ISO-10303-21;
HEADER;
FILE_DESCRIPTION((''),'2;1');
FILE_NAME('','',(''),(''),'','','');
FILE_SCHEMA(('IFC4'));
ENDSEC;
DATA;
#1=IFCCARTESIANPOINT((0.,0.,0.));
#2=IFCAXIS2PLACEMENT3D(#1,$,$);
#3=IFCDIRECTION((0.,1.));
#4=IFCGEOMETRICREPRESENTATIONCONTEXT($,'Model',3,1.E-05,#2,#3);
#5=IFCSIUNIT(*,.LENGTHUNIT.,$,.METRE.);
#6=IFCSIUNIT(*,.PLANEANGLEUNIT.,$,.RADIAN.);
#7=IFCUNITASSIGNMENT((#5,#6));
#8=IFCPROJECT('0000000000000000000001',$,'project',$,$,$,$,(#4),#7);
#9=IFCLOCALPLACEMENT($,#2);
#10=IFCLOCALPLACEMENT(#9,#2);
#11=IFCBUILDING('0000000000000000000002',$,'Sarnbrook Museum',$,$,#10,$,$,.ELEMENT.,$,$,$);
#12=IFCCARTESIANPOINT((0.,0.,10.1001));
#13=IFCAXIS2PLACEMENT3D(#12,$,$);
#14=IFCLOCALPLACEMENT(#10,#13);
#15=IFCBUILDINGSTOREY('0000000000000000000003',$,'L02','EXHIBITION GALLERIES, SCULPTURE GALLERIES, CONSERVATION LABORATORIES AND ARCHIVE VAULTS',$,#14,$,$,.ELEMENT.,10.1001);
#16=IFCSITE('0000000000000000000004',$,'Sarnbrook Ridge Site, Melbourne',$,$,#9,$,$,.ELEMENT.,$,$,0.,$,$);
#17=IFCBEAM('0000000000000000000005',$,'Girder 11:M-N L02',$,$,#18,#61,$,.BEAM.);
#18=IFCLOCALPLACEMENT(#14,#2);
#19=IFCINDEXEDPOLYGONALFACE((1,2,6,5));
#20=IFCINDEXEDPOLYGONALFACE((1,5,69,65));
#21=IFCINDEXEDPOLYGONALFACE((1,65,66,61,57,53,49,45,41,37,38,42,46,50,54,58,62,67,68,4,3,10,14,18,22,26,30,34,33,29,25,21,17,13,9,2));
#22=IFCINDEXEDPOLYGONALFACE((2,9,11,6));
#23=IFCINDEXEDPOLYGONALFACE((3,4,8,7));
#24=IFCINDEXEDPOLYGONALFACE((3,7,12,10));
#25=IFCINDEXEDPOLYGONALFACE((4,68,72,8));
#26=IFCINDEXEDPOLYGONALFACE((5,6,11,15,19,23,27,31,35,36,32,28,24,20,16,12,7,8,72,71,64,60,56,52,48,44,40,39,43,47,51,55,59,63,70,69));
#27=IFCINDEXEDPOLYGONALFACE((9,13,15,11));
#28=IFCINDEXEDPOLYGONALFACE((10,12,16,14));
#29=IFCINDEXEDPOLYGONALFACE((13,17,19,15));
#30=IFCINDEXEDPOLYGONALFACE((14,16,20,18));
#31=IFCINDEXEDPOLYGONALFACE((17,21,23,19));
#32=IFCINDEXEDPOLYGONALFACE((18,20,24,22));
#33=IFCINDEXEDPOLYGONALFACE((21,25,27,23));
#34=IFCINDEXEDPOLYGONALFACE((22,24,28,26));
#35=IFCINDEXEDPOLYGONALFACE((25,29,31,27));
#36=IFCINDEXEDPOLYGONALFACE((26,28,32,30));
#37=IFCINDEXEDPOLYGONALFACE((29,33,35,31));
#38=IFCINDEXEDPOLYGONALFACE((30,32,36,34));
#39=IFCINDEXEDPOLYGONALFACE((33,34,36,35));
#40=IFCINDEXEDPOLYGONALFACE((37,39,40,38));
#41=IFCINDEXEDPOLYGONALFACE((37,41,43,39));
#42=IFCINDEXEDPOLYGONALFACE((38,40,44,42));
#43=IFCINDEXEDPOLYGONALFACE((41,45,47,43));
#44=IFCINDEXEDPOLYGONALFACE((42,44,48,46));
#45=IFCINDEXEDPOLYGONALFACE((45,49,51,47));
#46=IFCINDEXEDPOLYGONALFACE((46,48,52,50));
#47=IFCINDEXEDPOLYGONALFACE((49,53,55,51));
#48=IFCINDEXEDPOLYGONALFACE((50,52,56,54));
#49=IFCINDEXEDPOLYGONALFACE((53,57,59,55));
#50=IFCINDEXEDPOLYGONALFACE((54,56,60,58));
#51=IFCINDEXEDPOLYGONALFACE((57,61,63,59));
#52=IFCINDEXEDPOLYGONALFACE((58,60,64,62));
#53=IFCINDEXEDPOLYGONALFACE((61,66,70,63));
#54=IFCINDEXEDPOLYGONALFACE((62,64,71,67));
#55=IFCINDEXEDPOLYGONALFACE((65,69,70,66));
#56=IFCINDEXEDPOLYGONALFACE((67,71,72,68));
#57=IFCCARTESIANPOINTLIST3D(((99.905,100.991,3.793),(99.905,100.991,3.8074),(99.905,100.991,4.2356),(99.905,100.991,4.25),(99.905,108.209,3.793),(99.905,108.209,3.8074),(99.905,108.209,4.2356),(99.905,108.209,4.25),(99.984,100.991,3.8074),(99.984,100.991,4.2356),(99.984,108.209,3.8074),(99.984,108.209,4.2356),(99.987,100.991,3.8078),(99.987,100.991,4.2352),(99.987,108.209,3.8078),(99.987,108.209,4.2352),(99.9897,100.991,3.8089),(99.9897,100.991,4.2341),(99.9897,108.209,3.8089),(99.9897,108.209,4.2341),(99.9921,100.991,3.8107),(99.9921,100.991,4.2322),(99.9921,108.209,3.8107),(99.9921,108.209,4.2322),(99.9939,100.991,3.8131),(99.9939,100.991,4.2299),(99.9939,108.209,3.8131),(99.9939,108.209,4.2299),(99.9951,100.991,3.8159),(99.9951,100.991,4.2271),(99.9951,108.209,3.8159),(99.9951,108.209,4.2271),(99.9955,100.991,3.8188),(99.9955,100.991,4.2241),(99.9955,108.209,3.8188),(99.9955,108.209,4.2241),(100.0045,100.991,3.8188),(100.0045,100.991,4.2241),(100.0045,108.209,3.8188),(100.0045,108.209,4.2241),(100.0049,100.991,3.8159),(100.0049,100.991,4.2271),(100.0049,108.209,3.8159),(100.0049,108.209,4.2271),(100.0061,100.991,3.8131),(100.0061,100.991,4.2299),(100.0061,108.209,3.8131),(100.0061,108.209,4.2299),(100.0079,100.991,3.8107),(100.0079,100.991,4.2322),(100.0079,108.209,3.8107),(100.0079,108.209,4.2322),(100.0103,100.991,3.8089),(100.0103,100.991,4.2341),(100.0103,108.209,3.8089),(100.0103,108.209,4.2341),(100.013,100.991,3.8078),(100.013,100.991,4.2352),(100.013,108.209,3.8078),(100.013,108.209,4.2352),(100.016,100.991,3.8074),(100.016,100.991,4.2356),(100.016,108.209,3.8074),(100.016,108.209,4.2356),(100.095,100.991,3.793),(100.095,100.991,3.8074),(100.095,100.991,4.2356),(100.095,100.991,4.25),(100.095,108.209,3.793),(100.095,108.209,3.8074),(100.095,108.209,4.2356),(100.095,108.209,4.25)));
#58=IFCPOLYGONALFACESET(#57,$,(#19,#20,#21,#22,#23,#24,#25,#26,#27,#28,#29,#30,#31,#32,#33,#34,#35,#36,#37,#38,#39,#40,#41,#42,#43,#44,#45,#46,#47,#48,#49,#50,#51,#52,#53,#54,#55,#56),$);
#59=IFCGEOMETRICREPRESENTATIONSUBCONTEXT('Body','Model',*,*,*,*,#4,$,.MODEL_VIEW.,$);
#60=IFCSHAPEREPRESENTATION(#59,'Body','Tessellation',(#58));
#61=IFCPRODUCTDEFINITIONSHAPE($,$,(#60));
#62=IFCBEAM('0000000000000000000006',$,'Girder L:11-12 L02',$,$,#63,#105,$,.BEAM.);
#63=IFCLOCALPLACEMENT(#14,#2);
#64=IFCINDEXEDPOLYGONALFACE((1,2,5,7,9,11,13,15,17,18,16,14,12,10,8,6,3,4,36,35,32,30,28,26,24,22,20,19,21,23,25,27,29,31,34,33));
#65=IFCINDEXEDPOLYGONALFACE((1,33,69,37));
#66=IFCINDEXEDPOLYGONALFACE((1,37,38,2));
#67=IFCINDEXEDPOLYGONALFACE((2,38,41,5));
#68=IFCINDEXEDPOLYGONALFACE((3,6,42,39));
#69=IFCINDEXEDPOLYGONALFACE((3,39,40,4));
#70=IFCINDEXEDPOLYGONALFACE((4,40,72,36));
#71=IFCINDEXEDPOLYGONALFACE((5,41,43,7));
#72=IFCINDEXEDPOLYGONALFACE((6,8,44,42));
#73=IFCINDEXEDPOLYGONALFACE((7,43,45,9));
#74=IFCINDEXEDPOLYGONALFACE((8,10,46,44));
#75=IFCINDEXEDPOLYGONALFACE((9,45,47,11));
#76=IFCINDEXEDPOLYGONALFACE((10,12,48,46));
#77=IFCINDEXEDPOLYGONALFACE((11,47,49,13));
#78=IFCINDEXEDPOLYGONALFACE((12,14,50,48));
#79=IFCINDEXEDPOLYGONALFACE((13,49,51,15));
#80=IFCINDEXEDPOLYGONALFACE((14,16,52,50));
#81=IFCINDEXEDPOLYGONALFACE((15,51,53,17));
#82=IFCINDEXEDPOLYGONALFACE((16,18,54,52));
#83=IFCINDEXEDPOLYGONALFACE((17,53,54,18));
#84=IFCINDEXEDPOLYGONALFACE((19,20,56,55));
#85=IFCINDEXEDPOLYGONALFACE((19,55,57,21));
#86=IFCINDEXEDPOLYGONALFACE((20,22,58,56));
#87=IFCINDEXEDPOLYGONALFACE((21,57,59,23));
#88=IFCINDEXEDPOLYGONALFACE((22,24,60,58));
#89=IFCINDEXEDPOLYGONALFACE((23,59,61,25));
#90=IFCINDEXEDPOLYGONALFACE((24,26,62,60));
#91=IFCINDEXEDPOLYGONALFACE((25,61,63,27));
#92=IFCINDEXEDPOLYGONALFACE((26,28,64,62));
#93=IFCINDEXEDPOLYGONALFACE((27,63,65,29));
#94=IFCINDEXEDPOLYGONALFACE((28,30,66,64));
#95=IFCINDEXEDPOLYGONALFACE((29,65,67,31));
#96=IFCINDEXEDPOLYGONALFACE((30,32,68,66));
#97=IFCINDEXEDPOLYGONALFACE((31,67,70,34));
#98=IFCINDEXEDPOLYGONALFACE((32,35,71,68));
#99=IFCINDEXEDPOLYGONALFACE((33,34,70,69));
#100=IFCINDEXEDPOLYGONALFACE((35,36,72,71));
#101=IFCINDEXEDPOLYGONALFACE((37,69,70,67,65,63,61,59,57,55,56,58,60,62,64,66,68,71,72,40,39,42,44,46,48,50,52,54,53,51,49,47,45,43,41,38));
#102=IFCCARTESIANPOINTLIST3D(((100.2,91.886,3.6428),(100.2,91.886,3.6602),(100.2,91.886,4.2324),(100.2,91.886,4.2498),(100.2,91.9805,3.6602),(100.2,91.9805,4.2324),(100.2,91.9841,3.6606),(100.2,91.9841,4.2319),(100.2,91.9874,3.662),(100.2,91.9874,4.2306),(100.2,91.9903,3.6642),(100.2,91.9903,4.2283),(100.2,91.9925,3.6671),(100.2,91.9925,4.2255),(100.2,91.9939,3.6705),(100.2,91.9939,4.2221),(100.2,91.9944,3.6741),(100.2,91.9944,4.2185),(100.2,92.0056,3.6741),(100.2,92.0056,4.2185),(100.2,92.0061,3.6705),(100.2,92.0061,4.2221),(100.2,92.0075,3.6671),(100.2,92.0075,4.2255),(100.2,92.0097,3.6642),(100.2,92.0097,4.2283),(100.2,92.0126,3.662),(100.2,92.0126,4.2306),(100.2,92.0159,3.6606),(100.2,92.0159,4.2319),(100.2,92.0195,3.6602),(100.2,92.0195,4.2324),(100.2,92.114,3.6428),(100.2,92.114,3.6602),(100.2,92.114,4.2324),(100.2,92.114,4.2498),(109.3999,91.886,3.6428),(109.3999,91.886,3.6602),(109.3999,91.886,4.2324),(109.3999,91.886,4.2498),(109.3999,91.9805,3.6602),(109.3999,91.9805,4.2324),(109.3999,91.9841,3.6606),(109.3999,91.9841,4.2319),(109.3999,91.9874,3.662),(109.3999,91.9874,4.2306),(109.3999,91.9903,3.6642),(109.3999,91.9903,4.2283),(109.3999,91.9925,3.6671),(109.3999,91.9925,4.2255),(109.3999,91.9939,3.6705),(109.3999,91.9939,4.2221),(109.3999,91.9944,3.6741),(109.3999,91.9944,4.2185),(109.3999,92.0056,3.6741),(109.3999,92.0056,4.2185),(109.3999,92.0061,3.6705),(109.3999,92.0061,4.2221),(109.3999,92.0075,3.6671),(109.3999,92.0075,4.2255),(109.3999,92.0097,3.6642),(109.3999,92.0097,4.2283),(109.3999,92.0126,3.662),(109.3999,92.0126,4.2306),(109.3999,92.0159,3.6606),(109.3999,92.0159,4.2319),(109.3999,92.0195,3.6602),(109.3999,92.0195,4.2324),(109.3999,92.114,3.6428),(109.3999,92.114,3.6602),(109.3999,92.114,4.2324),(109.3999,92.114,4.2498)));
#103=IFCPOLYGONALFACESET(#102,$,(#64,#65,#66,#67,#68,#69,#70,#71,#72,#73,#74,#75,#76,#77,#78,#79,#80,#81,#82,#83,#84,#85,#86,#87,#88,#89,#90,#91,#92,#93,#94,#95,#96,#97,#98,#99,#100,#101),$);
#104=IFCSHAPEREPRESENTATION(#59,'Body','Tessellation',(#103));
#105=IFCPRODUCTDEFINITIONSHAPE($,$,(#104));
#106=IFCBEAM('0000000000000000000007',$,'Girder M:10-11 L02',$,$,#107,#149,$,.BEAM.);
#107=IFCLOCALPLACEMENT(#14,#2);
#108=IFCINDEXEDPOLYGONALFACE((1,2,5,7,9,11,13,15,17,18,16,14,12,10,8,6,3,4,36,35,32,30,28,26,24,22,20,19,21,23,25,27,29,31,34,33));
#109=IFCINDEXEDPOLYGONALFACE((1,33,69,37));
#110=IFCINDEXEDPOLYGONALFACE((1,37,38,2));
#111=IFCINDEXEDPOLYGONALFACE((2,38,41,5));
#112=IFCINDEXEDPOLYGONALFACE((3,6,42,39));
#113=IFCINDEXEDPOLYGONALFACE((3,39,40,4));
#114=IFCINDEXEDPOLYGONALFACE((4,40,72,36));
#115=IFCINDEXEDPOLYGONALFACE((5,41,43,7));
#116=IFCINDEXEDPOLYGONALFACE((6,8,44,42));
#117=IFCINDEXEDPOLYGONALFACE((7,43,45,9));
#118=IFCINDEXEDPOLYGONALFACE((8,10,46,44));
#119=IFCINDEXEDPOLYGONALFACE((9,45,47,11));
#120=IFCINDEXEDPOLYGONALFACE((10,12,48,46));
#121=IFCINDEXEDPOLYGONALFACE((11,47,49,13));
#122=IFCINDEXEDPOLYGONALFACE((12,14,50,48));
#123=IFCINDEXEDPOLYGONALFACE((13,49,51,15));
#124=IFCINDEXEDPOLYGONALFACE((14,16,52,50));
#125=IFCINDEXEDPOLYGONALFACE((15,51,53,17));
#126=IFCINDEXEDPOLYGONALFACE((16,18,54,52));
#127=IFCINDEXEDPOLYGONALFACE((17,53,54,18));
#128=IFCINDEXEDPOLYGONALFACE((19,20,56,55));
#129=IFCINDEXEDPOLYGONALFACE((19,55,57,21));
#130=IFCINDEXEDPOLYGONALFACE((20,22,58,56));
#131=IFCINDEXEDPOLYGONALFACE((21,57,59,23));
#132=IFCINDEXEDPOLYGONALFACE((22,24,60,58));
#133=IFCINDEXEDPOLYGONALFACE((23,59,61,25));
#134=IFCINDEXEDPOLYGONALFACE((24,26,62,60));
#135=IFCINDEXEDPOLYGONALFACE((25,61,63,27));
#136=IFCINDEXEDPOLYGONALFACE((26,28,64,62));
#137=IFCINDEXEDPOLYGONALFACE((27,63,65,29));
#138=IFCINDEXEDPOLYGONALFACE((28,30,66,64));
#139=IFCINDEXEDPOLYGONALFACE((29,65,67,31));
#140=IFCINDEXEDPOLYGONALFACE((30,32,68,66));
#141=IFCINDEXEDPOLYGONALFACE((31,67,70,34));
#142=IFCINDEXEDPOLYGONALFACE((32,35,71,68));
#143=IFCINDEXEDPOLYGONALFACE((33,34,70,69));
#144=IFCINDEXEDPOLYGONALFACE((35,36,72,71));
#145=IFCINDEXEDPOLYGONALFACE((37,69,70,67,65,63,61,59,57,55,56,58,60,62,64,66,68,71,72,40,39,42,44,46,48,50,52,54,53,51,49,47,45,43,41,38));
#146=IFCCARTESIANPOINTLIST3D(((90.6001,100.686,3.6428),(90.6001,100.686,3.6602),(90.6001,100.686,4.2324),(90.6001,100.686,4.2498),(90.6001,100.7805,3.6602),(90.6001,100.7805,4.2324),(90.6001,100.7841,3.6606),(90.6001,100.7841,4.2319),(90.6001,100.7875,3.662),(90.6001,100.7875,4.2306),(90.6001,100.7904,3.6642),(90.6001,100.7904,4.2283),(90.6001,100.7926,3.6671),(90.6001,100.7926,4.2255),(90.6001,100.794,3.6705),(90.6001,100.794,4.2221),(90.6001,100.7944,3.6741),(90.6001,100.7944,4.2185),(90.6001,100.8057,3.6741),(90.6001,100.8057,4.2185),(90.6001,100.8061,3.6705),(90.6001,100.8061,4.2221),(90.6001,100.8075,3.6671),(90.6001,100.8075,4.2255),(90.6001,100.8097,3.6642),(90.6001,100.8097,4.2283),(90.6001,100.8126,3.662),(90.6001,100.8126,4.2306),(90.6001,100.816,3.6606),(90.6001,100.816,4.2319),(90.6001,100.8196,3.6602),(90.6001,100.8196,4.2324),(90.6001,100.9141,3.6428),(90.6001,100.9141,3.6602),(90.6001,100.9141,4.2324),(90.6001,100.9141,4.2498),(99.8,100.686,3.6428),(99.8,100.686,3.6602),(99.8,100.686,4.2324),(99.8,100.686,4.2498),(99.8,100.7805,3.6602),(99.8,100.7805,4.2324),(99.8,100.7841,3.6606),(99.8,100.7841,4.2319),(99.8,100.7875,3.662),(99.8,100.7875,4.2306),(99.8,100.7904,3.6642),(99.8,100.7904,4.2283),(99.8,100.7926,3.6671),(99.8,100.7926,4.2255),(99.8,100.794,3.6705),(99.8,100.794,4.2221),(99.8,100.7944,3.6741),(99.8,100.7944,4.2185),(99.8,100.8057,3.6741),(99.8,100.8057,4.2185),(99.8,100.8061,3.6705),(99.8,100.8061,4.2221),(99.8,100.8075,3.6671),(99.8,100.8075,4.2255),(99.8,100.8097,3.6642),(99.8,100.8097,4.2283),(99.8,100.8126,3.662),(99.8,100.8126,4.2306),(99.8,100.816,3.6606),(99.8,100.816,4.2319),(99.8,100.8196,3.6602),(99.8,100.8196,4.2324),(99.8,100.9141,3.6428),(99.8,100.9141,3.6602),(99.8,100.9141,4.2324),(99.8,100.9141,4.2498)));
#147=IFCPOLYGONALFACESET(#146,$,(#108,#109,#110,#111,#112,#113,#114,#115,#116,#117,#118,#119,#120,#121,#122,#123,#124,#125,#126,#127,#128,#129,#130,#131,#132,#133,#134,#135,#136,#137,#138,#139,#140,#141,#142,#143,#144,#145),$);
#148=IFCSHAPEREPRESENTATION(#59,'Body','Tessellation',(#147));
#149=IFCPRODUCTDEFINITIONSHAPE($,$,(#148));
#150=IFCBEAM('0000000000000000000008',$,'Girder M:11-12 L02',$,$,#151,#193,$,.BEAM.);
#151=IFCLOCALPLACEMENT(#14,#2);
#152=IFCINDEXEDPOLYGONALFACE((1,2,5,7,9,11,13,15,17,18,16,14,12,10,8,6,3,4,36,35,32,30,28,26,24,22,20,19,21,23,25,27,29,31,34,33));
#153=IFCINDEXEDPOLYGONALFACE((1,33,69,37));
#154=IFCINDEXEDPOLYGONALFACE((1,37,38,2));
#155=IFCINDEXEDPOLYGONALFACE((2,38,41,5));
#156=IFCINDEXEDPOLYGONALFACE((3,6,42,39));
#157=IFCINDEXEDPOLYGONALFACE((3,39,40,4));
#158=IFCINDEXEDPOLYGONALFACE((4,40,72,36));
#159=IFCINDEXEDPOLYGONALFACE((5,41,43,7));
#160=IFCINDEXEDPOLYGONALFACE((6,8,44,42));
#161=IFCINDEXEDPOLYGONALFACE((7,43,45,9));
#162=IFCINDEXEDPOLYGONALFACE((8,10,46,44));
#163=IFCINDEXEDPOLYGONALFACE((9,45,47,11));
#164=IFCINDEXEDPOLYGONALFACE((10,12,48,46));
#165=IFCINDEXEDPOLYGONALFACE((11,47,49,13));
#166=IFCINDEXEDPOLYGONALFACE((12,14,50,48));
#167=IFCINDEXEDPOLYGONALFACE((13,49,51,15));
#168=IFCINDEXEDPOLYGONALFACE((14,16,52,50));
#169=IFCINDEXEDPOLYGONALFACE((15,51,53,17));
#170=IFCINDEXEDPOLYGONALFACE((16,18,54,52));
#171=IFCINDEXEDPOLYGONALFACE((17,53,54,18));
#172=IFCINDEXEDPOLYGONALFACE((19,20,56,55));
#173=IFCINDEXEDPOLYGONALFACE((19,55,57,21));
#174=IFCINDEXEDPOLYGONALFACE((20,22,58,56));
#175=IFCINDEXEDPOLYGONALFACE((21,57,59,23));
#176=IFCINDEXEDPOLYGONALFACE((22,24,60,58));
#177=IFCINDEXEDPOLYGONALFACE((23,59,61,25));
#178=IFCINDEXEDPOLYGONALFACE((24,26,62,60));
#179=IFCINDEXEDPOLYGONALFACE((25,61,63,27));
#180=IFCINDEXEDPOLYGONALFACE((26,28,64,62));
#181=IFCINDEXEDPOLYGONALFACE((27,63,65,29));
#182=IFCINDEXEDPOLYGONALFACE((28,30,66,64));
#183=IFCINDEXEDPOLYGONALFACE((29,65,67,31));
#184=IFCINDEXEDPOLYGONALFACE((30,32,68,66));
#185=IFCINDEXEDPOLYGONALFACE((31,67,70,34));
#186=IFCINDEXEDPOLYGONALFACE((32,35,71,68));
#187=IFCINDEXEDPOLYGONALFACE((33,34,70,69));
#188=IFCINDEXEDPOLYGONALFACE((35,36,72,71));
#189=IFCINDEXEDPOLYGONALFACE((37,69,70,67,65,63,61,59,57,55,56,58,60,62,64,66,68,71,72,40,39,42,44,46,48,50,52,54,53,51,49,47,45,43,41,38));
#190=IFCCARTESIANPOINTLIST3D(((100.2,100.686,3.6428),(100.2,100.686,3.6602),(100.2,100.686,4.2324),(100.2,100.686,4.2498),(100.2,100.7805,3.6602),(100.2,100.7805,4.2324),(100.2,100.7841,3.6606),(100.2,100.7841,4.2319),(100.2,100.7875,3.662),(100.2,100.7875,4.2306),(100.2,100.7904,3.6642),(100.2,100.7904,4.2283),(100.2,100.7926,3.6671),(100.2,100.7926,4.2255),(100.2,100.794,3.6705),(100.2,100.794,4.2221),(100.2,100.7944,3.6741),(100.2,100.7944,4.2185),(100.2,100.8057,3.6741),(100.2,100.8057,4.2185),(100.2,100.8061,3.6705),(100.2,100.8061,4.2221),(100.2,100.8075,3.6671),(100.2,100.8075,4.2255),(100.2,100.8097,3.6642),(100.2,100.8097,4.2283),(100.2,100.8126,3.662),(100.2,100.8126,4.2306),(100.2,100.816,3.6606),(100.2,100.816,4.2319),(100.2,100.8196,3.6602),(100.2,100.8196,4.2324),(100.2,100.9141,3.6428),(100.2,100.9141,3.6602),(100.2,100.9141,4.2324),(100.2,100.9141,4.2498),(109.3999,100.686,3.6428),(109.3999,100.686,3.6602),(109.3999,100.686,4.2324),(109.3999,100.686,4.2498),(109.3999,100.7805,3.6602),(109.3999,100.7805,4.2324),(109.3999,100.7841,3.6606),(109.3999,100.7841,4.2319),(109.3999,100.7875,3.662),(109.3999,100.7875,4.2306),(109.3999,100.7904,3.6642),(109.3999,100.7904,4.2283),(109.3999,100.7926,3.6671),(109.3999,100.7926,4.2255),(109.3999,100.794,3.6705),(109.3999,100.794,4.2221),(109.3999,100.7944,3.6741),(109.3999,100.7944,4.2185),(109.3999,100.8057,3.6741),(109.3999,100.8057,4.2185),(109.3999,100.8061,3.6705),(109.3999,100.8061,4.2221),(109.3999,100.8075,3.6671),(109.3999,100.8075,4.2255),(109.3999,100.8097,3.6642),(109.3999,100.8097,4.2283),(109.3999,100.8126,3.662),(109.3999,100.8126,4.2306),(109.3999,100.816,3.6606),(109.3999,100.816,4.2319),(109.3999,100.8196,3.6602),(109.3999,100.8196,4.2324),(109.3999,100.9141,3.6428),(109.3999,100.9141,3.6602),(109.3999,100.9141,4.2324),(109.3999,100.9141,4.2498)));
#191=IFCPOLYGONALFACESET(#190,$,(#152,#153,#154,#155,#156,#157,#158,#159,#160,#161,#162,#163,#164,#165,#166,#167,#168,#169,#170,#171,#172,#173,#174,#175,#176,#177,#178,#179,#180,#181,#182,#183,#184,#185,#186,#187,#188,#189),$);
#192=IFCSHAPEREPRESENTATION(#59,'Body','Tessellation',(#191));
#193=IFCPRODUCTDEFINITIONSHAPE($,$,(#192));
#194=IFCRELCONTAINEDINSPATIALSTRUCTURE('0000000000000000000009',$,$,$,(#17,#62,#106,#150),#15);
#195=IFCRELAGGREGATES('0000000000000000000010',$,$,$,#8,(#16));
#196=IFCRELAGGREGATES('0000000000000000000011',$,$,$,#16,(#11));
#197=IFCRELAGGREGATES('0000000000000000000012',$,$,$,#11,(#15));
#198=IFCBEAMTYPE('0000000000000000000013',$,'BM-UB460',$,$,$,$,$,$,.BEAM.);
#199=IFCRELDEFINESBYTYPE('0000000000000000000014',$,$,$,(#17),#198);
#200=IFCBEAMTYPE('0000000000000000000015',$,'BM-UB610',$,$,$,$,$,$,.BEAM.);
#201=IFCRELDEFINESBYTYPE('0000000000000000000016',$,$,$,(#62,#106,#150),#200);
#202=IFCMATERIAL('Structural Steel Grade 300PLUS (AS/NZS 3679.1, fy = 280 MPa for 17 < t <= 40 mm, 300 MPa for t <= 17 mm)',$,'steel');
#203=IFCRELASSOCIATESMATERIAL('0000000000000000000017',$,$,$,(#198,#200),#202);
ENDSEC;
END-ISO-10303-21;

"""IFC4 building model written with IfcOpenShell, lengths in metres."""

from ifc_helpers import new_model, si_unit, direction, frame, origin, origin_2d, place, context, subcontext, project, spatial, i_section, extrude, material, material_profile, profile_set, type_object, element, save


model = new_model("IFC4")

# Units and contexts
model_context = context("Model", 3, precision=1e-05, world=origin(), true_north=direction((0.0, 1.0)))
body_context = subcontext(model_context, "Body", "Model", "MODEL_VIEW")
ifc_project = project(units=[si_unit("LENGTHUNIT", "METRE"), si_unit("PLANEANGLEUNIT", "RADIAN")], contexts=[model_context])

# Site, building, storey
site_placement = place(None, origin())
site = spatial("IfcSite", under=ifc_project, at=site_placement, Name="Sarnbrook Ridge Site, Melbourne", CompositionType="ELEMENT", RefElevation=0.0)
building_placement = place(site_placement, origin())
building = spatial("IfcBuilding", under=site, at=building_placement, Name="Sarnbrook Museum", CompositionType="ELEMENT")
storey_placement = place(building_placement, frame((0.0, 0.0, 10.1001)))
storey = spatial("IfcBuildingStorey", under=building, at=storey_placement, Name="L02", Description="EXHIBITION GALLERIES, SCULPTURE GALLERIES, CONSERVATION LABORATORIES AND ARCHIVE VAULTS", CompositionType="ELEMENT", Elevation=10.1001)

# Beams
ifc_material_1 = material(Name="Structural Steel Grade 300PLUS (AS/NZS 3679.1, fy = 280 MPa for 17 < t <= 40 mm, 300 MPa for t <= 17 mm)", Category="steel")
ifc_material_profile_1 = material_profile(ifc_material_1, i_section(OverallWidth=0.1899, OverallDepth=0.457, WebThickness=0.009, FlangeThickness=0.0144, FilletRadius=0.0115, at=origin_2d()), Name="460UB74.6")
ifc_profile_set_1 = profile_set([ifc_material_profile_1], Name="Structural Steel Grade 300PLUS (AS/NZS 3679.1, fy = 280 MPa for 17 < t <= 40 mm, 300 MPa for t <= 17 mm)")
beam_type_1 = type_object("IfcBeamType", Name="BM-UB460", PredefinedType="BEAM", material=ifc_profile_set_1)
beam_1_placement = place(storey_placement, frame((100.0, 100.991, 4.0215), z_axis=(0.0, 1.0, 0.0), x_axis=(-1.0, 0.0, 0.0)))
element("IfcBeam", 1, at=beam_1_placement, inside=storey, type_object=beam_type_1, Name="Girder 11:M-N L02", PredefinedType="BEAM", context=body_context, shape_type="SweptSolid", body=[
    extrude(i_section(OverallWidth=0.1899, OverallDepth=0.457, WebThickness=0.009, FlangeThickness=0.0144, FilletRadius=0.0115, at=origin_2d()), origin(), (0.0, 0.0, 1.0), 7.218),
])
ifc_material_profile_2 = material_profile(ifc_material_1, i_section(OverallWidth=0.228, OverallDepth=0.6069, WebThickness=0.0112, FlangeThickness=0.0173, FilletRadius=0.0139, at=origin_2d()), Name="610UB113")
ifc_profile_set_2 = profile_set([ifc_material_profile_2], Name="Structural Steel Grade 300PLUS (AS/NZS 3679.1, fy = 280 MPa for 17 < t <= 40 mm, 300 MPa for t <= 17 mm)")
beam_type_2 = type_object("IfcBeamType", Name="BM-UB610", PredefinedType="BEAM", material=ifc_profile_set_2)
for number, where, z_axis, x_axis, name in (
    (2, (100.2, 92.0, 3.9463), (1.0, 0.0, 0.0), (0.0, 1.0, 0.0), "Girder L:11-12 L02"),
    (3, (90.6001, 100.8, 3.9463), (1.0, 0.0, 0.0), (0.0, 1.0, 0.0), "Girder M:10-11 L02"),
    (4, (100.2, 100.8, 3.9463), (1.0, 0.0, 0.0), (0.0, 1.0, 0.0), "Girder M:11-12 L02"),
):
    element("IfcBeam", number, at=place(storey_placement, frame(where, z_axis=z_axis, x_axis=x_axis)), inside=storey, type_object=beam_type_2, Name=name, PredefinedType="BEAM", context=body_context, shape_type="SweptSolid", body=[
        extrude(i_section(OverallWidth=0.228, OverallDepth=0.6069, WebThickness=0.0112, FlangeThickness=0.0173, FilletRadius=0.0139, at=origin_2d()), origin(), (0.0, 0.0, 1.0), 9.2),
    ])

save(model, "model.ifc")
